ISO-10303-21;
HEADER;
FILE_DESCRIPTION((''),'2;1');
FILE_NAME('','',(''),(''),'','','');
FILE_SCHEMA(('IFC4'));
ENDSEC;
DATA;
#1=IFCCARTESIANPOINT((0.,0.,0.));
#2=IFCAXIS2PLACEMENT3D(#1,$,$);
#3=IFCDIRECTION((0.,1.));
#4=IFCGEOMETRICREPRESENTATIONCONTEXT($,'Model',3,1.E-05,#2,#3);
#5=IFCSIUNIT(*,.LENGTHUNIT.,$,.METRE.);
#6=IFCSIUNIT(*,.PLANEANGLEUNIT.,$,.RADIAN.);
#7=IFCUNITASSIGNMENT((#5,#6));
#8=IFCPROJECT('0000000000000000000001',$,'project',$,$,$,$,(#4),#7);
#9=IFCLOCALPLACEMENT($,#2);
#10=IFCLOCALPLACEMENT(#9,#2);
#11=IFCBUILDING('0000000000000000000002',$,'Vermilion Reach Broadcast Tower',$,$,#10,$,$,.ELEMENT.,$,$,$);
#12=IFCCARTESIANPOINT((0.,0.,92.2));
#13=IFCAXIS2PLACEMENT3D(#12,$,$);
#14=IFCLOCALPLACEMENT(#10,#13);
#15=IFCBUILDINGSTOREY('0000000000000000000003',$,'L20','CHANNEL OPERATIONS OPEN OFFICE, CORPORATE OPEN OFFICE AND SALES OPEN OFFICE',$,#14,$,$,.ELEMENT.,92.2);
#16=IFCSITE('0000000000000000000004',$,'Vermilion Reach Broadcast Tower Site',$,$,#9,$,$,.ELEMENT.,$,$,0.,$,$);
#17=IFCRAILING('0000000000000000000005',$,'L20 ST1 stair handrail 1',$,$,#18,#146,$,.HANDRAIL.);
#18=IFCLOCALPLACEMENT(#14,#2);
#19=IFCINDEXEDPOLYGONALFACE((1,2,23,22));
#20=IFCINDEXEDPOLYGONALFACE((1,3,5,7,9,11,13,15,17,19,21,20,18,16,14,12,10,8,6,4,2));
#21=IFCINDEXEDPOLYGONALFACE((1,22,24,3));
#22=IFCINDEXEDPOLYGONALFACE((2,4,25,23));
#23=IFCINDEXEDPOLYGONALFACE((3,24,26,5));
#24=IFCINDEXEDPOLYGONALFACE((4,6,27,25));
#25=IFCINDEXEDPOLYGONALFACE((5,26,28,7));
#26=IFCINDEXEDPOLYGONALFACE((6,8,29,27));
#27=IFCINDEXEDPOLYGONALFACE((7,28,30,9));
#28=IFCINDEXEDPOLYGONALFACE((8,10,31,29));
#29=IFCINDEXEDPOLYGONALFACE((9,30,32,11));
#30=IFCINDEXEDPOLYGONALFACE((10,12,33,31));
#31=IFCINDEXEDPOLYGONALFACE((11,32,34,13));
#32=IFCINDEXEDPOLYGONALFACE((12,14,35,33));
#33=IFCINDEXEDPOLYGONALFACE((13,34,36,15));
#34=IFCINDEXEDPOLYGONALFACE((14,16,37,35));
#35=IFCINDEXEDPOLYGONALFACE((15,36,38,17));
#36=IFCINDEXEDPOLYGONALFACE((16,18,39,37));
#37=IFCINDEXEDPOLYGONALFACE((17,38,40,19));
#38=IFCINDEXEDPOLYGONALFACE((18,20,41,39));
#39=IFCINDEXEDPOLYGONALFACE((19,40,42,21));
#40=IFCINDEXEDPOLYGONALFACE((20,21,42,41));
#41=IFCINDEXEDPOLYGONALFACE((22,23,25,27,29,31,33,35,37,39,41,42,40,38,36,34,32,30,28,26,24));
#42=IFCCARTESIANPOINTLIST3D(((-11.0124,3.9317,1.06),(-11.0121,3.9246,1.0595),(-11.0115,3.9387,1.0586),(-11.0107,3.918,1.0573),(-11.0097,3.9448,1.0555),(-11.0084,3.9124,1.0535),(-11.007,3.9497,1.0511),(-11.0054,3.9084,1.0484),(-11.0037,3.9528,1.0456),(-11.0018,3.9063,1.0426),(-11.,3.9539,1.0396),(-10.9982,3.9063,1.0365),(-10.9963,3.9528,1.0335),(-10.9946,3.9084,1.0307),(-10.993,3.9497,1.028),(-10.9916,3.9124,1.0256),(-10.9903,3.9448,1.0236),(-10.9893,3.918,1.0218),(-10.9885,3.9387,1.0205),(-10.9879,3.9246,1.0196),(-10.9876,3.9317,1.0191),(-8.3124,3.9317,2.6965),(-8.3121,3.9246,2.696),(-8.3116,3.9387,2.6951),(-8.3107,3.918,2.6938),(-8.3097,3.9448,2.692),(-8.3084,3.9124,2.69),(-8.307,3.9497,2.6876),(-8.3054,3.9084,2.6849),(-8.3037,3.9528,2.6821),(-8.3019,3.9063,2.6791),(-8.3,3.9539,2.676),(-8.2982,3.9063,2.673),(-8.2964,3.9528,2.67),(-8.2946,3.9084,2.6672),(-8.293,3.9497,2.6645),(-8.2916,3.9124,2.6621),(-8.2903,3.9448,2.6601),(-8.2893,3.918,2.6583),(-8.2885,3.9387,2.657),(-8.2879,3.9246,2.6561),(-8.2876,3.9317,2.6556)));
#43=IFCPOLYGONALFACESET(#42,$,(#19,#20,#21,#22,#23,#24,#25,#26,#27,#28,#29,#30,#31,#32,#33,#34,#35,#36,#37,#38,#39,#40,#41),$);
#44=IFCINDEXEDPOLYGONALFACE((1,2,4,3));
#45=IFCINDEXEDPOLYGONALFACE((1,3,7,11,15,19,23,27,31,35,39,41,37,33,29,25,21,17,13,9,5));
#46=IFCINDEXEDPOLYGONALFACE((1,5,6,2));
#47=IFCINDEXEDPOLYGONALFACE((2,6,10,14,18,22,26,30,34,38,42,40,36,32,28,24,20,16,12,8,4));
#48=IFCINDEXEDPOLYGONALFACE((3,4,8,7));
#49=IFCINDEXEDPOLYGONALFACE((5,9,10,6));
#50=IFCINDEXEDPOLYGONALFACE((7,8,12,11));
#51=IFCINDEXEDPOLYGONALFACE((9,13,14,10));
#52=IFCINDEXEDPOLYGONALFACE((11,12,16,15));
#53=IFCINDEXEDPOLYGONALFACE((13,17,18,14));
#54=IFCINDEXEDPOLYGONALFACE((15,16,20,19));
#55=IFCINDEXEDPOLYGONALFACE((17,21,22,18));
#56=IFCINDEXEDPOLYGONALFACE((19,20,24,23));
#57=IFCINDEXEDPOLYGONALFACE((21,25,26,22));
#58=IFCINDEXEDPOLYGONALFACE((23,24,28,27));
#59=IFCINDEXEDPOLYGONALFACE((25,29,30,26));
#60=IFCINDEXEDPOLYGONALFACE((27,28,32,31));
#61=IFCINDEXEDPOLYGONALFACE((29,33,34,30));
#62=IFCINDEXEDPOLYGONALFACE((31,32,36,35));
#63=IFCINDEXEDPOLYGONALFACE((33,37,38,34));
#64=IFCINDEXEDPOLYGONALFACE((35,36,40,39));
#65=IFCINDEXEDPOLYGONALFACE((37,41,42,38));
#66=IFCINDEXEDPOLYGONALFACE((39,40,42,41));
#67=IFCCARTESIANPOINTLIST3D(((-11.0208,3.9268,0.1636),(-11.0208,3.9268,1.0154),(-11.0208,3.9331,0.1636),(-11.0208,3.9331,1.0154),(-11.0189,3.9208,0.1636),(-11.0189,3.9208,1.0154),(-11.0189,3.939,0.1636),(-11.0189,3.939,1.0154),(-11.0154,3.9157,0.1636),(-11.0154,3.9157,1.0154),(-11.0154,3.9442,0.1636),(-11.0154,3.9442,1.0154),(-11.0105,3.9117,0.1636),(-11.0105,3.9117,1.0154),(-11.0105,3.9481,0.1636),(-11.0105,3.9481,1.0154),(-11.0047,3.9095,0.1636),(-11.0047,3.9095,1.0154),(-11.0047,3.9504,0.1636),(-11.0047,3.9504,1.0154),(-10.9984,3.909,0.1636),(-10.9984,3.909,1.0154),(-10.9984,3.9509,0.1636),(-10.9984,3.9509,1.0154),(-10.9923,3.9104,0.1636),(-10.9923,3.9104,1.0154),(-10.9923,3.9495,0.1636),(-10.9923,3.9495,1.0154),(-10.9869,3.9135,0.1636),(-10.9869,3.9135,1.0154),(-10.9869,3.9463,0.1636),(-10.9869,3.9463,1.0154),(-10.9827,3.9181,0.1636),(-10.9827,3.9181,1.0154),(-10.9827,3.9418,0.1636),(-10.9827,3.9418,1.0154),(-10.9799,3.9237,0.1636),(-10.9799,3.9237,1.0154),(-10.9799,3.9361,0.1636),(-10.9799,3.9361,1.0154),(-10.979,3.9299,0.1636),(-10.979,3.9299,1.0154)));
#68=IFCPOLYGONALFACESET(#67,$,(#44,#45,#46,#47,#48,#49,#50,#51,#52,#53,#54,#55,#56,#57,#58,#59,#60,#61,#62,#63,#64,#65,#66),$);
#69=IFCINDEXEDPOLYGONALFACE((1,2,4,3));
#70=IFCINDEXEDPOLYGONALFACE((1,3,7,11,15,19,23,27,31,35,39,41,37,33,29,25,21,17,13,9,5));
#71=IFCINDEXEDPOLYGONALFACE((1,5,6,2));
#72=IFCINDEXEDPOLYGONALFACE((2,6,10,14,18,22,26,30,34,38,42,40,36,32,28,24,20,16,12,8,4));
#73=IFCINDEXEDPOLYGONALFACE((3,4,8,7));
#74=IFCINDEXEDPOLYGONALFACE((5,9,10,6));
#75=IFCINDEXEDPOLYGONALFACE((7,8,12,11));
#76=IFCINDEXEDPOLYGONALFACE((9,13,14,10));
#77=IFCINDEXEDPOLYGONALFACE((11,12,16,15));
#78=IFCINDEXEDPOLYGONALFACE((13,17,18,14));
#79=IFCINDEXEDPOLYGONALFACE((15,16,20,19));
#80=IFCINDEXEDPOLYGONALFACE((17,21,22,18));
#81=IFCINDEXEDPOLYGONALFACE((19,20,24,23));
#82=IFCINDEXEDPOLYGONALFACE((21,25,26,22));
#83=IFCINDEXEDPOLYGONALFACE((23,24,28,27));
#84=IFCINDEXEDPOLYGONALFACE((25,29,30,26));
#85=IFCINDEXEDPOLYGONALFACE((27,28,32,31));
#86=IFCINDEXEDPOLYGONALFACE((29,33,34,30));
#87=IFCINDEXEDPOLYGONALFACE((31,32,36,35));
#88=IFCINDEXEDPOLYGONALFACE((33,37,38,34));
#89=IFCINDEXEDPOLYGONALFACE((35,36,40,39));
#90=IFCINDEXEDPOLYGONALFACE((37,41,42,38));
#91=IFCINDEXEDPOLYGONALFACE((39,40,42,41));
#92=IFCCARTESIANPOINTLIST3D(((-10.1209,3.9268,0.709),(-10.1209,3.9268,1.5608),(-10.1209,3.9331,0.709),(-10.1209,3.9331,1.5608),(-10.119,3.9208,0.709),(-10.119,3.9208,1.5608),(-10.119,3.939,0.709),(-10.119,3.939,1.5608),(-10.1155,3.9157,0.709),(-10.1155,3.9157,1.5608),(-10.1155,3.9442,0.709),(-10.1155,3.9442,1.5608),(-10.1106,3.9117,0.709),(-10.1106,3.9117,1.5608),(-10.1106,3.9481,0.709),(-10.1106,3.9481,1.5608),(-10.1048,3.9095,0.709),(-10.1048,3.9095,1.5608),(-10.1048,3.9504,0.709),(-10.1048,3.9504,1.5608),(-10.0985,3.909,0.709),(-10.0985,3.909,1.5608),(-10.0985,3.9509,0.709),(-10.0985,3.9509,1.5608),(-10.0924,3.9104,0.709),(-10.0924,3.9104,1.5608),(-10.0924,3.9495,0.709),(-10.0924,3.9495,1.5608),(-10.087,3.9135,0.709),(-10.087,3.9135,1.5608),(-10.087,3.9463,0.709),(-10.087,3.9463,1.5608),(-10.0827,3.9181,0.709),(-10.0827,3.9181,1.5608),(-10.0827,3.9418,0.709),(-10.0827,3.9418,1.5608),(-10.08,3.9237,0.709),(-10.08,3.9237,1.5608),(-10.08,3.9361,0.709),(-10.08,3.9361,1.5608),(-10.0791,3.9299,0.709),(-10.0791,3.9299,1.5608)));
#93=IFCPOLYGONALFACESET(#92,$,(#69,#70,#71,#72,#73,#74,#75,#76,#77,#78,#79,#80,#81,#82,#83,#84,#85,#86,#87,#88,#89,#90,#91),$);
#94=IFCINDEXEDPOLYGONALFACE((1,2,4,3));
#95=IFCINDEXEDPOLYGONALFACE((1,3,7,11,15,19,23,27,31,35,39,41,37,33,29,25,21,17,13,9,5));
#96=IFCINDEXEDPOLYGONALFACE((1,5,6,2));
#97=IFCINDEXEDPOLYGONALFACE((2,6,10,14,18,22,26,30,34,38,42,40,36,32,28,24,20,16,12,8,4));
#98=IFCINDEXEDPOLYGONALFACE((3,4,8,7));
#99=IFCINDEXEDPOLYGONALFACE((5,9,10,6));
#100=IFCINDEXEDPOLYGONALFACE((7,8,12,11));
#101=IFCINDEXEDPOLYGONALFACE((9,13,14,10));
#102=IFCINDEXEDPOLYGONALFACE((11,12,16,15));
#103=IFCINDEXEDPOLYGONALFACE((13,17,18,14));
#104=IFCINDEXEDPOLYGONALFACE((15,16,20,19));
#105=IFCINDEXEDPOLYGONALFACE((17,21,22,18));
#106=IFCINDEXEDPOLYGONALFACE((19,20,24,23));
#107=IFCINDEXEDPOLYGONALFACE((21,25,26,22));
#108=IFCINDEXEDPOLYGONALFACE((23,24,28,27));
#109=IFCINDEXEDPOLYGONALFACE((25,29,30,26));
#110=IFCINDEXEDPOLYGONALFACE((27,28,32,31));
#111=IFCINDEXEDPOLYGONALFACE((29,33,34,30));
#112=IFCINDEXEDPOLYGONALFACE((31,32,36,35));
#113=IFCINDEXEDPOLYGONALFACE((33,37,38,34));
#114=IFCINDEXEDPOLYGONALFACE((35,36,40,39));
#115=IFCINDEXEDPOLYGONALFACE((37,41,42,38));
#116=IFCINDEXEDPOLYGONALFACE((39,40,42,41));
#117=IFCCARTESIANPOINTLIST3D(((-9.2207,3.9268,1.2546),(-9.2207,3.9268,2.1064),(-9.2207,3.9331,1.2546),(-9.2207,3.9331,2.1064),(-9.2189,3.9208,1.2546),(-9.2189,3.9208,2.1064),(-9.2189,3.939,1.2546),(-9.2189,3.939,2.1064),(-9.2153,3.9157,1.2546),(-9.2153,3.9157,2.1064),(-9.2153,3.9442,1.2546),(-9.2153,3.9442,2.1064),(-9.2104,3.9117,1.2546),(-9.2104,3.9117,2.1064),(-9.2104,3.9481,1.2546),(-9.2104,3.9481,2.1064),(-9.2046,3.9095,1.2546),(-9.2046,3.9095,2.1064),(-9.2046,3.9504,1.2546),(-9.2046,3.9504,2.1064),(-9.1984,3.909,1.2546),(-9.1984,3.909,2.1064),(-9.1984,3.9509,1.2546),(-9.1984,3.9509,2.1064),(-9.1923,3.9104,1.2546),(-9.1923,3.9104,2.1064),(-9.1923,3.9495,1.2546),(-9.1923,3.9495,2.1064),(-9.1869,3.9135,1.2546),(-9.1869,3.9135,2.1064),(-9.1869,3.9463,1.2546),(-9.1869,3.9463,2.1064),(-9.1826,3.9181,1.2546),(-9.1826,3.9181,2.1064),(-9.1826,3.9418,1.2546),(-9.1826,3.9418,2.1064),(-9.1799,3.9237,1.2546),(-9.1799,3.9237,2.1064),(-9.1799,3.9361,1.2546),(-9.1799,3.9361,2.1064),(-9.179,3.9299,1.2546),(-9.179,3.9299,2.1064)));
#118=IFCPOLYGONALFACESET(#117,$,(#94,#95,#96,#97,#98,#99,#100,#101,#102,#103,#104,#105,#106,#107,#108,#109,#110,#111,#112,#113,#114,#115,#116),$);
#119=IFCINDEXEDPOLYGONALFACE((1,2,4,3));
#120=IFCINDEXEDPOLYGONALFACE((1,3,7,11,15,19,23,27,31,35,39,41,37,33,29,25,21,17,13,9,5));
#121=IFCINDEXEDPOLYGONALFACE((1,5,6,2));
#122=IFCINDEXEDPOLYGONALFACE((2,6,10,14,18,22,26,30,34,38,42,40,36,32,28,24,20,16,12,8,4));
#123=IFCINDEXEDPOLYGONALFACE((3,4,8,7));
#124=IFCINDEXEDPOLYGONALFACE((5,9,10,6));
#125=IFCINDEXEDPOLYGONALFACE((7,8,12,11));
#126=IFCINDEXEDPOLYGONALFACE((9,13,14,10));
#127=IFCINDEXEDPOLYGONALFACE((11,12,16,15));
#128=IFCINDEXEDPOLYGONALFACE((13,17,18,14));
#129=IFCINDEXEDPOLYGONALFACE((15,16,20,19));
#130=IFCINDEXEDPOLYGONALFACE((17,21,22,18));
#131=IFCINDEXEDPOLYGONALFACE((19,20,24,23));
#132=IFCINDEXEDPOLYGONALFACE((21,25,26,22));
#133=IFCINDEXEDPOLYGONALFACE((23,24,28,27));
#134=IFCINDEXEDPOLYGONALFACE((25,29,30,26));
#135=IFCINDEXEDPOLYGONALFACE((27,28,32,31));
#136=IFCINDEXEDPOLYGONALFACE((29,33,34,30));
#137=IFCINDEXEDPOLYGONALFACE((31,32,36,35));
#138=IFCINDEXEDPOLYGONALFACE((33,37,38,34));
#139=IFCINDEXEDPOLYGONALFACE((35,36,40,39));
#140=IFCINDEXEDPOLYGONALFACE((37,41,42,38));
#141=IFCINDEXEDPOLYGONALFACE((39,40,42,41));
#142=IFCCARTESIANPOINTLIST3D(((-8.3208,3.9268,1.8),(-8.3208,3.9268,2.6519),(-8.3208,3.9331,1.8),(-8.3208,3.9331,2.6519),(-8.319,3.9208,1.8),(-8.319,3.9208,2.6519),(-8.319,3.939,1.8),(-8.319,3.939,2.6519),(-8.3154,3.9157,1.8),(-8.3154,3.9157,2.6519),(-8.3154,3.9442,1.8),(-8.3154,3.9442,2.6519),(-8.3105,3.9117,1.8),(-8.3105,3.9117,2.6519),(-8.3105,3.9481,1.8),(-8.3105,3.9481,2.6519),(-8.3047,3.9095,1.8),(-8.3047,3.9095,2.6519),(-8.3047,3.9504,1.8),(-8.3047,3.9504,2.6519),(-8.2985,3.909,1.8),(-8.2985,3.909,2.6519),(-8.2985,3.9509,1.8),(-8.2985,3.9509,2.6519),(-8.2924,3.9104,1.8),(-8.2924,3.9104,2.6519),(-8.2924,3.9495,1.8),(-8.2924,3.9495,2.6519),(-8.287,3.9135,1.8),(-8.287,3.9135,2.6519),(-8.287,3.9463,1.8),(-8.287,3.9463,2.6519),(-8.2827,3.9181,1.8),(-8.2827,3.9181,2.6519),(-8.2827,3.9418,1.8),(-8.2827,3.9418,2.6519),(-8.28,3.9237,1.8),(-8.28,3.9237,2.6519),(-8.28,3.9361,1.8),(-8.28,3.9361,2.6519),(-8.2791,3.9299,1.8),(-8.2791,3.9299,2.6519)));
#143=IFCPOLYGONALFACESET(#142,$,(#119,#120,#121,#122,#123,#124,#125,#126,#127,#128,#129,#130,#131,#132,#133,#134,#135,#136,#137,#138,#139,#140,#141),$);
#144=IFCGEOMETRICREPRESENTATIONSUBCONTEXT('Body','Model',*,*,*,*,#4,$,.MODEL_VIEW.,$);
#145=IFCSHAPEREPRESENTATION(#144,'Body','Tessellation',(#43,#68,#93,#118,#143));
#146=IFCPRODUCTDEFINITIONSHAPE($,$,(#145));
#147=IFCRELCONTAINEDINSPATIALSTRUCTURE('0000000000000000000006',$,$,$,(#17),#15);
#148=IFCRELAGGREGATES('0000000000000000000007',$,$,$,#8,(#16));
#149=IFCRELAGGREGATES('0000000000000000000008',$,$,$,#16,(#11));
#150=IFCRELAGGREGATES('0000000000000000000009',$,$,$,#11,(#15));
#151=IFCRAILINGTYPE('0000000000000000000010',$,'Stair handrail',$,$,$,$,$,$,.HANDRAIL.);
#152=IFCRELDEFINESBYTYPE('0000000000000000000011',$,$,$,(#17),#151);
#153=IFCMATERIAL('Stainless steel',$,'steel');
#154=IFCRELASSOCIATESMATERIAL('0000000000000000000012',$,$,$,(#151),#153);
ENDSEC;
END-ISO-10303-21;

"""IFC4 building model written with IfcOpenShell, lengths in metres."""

from ifc_helpers import new_model, si_unit, direction, frame, origin, origin_2d, place, context, subcontext, project, spatial, circle, extrude, material, type_object, element, save


model = new_model("IFC4")

# Units and contexts
model_context = context("Model", 3, precision=1e-05, world=origin(), true_north=direction((0.0, 1.0)))
body_context = subcontext(model_context, "Body", "Model", "MODEL_VIEW")
ifc_project = project(units=[si_unit("LENGTHUNIT", "METRE"), si_unit("PLANEANGLEUNIT", "RADIAN")], contexts=[model_context])

# Site, building, storey
site_placement = place(None, origin())
site = spatial("IfcSite", under=ifc_project, at=site_placement, Name="Vermilion Reach Broadcast Tower Site", CompositionType="ELEMENT", RefElevation=0.0)
building_placement = place(site_placement, origin())
building = spatial("IfcBuilding", under=site, at=building_placement, Name="Vermilion Reach Broadcast Tower", CompositionType="ELEMENT")
storey_placement = place(building_placement, frame((0.0, 0.0, 92.2)))
storey = spatial("IfcBuildingStorey", under=building, at=storey_placement, Name="L20", Description="CHANNEL OPERATIONS OPEN OFFICE, CORPORATE OPEN OFFICE AND SALES OPEN OFFICE", CompositionType="ELEMENT", Elevation=92.2)

# Railing
ifc_material_1 = material(Name="Stainless steel", Category="steel")
railing_type_1 = type_object("IfcRailingType", Name="Stair handrail", PredefinedType="HANDRAIL", material=ifc_material_1)
railing_1_placement = place(storey_placement, frame((-11.0, 3.9299, 0.1636)))
element("IfcRailing", 1, at=railing_1_placement, inside=storey, type_object=railing_type_1, Name="L20 ST1 stair handrail 1", PredefinedType="HANDRAIL", context=body_context, shape_type="SweptSolid", body=[
    extrude(circle(Radius=0.0239, at=origin_2d()), frame((0.0, 0.0, 0.876), z_axis=(0.855178, 0.0, 0.518334), x_axis=(0.0, 1.0, 0.0)), (0.0, 0.0, 1.0), 3.1572),
    extrude(circle(Radius=0.021, at=origin_2d()), origin(), (0.0, 0.0, 1.0), 0.8518),
    extrude(circle(Radius=0.021, at=origin_2d()), frame((0.8999, 0.0, 0.5454)), (0.0, 0.0, 1.0), 0.8518),
    extrude(circle(Radius=0.021, at=origin_2d()), frame((1.8, 0.0, 1.0911)), (0.0, 0.0, 1.0), 0.8518),
    extrude(circle(Radius=0.021, at=origin_2d()), frame((2.7, 0.0, 1.6365)), (0.0, 0.0, 1.0), 0.8518),
])

save(model, "model.ifc")
